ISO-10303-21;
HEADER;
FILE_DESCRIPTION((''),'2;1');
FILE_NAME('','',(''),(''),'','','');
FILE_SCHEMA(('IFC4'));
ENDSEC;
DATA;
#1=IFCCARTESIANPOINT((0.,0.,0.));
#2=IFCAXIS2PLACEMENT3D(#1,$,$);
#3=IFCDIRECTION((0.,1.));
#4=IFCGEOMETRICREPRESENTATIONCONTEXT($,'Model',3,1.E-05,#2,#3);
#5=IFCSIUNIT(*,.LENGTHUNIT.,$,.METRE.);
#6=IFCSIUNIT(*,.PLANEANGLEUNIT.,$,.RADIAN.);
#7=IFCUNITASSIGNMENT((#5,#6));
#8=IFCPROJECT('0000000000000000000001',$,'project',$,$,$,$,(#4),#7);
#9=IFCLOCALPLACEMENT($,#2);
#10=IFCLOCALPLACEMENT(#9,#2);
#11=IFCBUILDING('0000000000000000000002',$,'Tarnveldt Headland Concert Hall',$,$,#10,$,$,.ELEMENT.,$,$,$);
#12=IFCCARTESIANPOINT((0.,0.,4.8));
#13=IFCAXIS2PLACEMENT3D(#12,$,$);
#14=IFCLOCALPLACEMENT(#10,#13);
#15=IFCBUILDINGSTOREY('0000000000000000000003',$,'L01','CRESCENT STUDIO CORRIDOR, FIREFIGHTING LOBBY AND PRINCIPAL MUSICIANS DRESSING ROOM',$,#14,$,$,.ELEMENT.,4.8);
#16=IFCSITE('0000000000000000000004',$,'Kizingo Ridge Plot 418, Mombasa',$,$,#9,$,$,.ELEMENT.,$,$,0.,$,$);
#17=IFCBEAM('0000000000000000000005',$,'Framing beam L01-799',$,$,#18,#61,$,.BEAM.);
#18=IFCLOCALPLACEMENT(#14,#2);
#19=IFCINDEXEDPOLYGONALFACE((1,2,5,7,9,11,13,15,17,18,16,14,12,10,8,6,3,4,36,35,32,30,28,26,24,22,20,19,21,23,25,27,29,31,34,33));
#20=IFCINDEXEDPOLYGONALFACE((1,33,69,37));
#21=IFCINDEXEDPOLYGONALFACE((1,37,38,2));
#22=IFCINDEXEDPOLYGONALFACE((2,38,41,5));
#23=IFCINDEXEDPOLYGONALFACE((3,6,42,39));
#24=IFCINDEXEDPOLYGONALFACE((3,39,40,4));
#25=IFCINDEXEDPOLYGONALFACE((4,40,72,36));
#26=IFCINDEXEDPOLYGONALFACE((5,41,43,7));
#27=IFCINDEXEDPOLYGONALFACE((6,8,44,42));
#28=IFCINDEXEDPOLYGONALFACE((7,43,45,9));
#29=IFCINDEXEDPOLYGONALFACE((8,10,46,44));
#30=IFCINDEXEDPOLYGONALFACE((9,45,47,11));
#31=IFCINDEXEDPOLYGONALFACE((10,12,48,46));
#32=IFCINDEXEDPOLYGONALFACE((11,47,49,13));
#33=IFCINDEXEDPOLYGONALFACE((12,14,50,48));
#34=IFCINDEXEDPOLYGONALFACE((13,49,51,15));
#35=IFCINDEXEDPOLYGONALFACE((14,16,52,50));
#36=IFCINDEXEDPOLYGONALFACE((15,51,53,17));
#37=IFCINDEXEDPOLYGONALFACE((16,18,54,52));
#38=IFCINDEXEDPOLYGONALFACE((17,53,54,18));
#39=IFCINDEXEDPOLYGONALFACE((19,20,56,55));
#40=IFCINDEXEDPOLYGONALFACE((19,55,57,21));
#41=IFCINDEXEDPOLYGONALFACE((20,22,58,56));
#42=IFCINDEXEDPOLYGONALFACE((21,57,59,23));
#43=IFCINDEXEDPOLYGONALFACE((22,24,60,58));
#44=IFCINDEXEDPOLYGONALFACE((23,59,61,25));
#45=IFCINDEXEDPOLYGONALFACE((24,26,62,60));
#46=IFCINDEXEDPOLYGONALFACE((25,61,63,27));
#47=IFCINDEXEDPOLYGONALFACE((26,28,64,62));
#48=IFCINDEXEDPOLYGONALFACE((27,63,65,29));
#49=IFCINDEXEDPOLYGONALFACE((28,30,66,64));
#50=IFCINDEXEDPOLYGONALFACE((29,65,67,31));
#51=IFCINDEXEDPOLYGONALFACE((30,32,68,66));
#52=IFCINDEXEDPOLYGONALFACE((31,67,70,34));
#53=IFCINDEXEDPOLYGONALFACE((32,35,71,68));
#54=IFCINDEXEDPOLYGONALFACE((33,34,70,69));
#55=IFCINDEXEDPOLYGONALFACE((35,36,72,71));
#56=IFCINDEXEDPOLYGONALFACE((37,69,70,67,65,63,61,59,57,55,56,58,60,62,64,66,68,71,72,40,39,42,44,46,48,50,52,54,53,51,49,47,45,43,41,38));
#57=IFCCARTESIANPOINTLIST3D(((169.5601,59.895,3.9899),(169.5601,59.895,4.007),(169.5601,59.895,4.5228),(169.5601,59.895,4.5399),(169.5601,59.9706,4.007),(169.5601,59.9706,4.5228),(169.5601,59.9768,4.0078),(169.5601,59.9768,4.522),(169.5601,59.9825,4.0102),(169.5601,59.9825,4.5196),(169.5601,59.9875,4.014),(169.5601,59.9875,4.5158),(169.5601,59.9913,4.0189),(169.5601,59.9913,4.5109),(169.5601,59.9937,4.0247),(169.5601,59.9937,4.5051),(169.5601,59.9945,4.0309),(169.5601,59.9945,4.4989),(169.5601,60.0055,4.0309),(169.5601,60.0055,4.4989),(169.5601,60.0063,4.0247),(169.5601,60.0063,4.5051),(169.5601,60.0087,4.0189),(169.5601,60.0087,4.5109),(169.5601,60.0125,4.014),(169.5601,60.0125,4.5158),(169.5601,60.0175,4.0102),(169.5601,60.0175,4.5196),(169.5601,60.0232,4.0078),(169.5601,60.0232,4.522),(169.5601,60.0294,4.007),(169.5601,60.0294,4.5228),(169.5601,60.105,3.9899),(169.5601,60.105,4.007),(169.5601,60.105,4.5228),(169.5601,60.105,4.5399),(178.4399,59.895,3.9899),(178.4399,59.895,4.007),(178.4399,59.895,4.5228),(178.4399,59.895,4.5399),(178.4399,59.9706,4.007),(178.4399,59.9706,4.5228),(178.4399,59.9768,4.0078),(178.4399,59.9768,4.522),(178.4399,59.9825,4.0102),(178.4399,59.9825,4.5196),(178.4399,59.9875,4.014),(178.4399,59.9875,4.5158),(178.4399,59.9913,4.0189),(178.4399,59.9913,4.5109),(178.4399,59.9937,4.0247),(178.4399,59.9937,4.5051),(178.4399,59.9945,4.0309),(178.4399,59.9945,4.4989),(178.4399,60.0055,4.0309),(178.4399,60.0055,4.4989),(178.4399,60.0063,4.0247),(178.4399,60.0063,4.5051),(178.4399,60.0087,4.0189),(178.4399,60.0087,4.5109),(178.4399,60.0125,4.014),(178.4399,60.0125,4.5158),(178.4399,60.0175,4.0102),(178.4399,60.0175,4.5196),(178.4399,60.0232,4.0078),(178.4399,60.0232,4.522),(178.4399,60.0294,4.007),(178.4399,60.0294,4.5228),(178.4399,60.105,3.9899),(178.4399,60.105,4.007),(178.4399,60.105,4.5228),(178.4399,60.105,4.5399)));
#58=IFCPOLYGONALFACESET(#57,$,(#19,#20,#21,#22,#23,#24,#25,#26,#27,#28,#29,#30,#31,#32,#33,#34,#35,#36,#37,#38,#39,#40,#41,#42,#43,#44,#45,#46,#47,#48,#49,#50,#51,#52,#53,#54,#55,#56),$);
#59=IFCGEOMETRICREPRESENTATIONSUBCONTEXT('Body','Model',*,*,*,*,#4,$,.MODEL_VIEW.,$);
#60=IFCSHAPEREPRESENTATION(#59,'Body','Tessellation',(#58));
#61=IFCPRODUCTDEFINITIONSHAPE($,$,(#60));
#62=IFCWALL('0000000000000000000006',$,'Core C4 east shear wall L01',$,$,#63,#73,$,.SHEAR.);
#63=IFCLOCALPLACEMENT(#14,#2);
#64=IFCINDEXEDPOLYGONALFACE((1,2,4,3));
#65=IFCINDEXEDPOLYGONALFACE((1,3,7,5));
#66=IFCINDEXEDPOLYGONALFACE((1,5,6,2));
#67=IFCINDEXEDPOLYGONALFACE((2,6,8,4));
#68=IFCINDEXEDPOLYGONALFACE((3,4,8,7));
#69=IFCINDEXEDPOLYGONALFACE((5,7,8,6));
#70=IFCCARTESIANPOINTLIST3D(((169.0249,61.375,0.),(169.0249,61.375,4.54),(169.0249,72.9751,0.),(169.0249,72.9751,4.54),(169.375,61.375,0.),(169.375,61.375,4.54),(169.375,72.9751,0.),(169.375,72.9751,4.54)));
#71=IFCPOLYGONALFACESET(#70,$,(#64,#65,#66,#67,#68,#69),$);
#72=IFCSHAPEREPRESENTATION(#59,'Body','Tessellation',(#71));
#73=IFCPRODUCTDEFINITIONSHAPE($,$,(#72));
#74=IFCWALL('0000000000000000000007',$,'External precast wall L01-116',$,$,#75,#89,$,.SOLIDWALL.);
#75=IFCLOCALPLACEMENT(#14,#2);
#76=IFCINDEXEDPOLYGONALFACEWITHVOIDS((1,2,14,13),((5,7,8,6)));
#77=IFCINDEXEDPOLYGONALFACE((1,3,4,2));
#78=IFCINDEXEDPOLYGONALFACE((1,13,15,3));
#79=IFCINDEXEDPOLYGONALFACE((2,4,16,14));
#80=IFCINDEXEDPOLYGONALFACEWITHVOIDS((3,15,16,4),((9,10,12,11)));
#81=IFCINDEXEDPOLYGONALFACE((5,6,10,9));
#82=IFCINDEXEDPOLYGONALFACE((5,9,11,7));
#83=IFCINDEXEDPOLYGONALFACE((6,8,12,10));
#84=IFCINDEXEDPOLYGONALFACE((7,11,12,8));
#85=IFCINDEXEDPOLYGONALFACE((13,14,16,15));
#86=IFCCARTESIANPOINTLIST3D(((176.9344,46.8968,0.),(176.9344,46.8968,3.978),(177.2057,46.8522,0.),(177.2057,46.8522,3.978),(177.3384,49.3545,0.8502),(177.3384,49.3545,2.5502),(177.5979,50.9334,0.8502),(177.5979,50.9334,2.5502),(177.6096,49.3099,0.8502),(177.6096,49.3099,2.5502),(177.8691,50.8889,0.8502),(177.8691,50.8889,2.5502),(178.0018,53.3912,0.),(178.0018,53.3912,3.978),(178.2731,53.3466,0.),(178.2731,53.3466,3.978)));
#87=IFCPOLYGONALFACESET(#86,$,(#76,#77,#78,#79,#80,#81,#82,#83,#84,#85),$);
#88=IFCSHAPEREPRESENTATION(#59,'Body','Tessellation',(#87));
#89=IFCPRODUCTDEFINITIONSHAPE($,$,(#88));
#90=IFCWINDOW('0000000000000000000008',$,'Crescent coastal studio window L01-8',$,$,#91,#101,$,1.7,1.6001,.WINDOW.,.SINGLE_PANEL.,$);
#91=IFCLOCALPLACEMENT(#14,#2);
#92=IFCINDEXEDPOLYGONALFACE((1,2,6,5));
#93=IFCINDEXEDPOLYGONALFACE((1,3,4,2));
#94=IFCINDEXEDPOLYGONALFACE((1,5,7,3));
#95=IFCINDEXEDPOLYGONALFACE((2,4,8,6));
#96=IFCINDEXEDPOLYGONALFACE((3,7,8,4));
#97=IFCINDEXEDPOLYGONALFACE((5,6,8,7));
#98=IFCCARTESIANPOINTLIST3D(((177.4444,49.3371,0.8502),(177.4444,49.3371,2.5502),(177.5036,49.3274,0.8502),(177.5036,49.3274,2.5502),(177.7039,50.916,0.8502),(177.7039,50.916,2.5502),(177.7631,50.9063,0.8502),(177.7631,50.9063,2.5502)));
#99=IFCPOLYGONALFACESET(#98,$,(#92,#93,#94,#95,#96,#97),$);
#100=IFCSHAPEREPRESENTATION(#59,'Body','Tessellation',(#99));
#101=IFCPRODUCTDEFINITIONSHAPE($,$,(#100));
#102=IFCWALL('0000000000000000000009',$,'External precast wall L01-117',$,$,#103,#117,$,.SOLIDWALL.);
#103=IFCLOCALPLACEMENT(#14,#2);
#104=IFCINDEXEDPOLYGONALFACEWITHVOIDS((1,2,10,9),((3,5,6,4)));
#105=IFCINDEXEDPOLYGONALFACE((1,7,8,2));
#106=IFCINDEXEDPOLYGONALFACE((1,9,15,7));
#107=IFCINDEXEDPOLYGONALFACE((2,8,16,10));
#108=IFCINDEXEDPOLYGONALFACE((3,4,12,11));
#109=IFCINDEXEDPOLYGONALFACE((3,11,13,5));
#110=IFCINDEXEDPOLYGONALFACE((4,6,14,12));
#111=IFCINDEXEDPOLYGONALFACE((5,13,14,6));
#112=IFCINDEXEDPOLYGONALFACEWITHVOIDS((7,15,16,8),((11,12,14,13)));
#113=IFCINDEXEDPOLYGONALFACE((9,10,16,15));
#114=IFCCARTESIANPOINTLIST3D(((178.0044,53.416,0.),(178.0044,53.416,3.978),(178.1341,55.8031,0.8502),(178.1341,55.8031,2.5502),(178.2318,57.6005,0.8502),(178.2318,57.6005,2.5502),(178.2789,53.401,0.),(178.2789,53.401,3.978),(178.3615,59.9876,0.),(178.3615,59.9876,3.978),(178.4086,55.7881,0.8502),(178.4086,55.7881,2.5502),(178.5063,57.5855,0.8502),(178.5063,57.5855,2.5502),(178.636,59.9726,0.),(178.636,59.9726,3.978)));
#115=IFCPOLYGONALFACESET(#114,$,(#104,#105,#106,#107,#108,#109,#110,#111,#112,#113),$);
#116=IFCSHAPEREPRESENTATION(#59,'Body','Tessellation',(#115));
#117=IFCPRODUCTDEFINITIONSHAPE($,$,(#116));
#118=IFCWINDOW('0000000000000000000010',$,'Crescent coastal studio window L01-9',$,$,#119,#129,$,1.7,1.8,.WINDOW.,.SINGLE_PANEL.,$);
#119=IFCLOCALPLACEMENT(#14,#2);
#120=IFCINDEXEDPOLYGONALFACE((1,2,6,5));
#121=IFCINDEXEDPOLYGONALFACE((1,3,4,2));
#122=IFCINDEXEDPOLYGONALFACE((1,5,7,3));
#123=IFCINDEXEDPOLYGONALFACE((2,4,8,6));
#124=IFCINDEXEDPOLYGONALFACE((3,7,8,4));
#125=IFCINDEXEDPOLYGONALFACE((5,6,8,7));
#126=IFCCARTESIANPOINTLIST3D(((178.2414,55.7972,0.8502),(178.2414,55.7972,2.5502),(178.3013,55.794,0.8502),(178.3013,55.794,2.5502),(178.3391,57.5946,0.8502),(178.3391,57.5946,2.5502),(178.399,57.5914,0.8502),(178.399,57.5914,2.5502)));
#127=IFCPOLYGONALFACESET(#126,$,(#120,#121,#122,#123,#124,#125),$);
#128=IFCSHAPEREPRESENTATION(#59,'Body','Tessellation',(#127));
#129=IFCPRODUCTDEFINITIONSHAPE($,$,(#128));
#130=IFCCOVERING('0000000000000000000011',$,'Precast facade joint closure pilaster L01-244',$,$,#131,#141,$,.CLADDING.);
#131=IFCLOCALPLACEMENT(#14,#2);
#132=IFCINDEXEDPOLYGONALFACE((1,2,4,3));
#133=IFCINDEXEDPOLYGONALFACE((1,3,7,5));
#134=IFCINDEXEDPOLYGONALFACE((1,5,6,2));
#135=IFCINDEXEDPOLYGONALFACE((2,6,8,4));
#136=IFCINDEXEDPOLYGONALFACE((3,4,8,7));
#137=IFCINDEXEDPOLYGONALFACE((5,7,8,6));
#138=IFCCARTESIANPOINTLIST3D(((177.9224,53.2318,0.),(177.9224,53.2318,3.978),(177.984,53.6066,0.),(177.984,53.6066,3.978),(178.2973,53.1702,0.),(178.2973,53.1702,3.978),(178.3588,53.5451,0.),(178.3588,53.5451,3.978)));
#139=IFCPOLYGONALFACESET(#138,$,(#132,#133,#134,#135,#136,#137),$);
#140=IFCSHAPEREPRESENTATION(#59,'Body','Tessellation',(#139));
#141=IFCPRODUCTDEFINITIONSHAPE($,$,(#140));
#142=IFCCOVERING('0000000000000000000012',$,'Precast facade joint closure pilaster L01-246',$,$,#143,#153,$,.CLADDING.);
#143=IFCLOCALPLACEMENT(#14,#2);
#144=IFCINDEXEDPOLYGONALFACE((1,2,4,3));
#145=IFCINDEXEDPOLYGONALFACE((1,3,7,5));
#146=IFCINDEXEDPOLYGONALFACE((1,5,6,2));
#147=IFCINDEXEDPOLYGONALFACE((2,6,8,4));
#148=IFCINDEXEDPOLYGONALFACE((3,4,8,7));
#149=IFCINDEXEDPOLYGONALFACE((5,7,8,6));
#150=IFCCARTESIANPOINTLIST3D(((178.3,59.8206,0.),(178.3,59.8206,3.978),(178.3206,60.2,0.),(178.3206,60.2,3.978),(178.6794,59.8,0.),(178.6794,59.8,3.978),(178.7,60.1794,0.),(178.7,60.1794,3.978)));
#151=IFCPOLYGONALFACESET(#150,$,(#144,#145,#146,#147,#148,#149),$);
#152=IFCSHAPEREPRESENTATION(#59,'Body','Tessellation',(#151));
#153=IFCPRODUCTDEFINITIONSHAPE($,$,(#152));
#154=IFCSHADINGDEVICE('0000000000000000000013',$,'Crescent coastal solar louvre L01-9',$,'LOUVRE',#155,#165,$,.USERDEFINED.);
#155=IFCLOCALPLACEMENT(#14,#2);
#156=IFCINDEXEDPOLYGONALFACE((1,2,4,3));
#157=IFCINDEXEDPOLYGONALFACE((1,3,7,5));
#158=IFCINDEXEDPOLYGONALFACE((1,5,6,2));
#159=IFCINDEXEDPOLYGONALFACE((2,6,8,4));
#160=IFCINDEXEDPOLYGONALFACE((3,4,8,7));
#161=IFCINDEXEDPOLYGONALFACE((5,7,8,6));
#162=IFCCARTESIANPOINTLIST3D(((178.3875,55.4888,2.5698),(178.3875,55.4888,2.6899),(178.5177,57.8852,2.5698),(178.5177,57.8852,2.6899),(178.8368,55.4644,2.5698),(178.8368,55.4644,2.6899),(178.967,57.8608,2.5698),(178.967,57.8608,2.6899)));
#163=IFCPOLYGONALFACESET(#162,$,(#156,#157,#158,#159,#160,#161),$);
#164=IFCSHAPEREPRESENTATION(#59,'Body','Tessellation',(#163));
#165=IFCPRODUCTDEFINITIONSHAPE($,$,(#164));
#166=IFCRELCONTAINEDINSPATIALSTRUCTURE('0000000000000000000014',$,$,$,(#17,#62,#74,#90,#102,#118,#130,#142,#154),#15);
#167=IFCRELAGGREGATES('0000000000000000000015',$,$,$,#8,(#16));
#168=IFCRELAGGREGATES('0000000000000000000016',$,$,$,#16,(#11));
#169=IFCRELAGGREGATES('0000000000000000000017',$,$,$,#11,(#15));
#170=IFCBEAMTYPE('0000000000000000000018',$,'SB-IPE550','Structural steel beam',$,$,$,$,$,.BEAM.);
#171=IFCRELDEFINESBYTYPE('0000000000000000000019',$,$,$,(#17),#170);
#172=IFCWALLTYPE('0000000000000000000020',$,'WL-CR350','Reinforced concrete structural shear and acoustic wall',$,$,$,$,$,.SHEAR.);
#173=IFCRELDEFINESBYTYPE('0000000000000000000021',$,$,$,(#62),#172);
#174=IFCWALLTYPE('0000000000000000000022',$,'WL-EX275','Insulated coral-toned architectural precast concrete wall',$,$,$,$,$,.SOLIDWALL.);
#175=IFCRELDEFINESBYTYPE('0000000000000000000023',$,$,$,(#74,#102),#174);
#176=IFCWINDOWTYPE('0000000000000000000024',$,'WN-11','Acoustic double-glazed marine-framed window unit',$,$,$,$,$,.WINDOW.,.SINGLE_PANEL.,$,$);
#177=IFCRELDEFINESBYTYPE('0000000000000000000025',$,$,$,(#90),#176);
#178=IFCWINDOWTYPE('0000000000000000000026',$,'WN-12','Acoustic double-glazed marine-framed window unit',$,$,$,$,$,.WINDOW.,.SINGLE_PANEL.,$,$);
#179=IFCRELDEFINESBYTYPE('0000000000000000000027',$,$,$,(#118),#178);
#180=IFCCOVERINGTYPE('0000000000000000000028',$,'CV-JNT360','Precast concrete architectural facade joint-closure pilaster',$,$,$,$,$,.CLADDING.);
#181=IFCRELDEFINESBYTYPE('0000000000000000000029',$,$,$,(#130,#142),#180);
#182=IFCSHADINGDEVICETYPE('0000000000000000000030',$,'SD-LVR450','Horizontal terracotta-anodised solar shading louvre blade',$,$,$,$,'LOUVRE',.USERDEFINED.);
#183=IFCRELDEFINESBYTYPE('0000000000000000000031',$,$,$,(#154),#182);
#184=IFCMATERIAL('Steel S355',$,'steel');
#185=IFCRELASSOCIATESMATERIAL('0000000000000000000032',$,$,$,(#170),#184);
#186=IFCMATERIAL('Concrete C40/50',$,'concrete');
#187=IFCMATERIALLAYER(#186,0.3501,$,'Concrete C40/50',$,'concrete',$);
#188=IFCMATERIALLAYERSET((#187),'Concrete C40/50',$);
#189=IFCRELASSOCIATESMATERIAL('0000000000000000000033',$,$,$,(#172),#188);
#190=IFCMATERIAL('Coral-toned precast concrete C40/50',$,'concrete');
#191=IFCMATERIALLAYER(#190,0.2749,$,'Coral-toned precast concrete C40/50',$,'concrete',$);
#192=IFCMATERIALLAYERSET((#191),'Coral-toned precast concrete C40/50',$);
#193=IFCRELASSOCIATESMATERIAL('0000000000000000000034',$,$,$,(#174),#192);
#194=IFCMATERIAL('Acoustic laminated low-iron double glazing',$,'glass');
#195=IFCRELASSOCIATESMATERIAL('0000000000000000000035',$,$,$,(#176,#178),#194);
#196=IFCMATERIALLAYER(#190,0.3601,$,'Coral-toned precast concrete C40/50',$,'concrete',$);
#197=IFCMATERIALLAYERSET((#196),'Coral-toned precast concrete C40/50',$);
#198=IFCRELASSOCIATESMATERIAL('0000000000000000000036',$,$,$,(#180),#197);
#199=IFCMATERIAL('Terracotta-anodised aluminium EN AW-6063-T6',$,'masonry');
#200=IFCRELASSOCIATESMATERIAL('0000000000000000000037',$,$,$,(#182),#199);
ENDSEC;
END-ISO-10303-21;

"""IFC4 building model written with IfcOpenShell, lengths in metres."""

from ifc_helpers import new_model, si_unit, direction, frame, frame_2d, origin, origin_2d, place, context, subcontext, project, spatial, rectangle, i_section, extrude, material, layer, layer_set, material_profile, profile_set, type_object, element, fill, save


model = new_model("IFC4")

# Units and contexts
model_context = context("Model", 3, precision=1e-05, world=origin(), true_north=direction((0.0, 1.0)))
body_context = subcontext(model_context, "Body", "Model", "MODEL_VIEW")
ifc_project = project(units=[si_unit("LENGTHUNIT", "METRE"), si_unit("PLANEANGLEUNIT", "RADIAN")], contexts=[model_context])

# Site, building, storey
site_placement = place(None, origin())
site = spatial("IfcSite", under=ifc_project, at=site_placement, Name="Kizingo Ridge Plot 418, Mombasa", CompositionType="ELEMENT", RefElevation=0.0)
building_placement = place(site_placement, origin())
building = spatial("IfcBuilding", under=site, at=building_placement, Name="Tarnveldt Headland Concert Hall", CompositionType="ELEMENT")
storey_placement = place(building_placement, frame((0.0, 0.0, 4.8)))
storey = spatial("IfcBuildingStorey", under=building, at=storey_placement, Name="L01", Description="CRESCENT STUDIO CORRIDOR, FIREFIGHTING LOBBY AND PRINCIPAL MUSICIANS DRESSING ROOM", CompositionType="ELEMENT", Elevation=4.8)

# Shared definitions
ifc_material_1 = material(Name="Concrete C40/50", Category="concrete")

# Beam
ifc_material_2 = material(Name="Steel S355", Category="steel")
ifc_material_profile_1 = material_profile(ifc_material_2, i_section(OverallWidth=0.21, OverallDepth=0.55, WebThickness=0.011, FlangeThickness=0.0171, FilletRadius=0.0239, at=origin_2d()), Name="IPE550", Category="steel")
ifc_profile_set_1 = profile_set([ifc_material_profile_1], Name="Steel S355")
beam_type_1 = type_object("IfcBeamType", Name="SB-IPE550", Description="Structural steel beam", PredefinedType="BEAM", material=ifc_profile_set_1)
for number, where, z_axis, x_axis, name in (
    (1, (169.5601, 60.0, 4.2649), (1.0, 0.0, 0.0), (0.0, 1.0, 0.0), "Framing beam L01-799"),
):
    element("IfcBeam", number, at=place(storey_placement, frame(where, z_axis=z_axis, x_axis=x_axis)), inside=storey, type_object=beam_type_1, Name=name, PredefinedType="BEAM", context=body_context, shape_type="SweptSolid", body=[
        extrude(i_section(OverallWidth=0.21, OverallDepth=0.55, WebThickness=0.011, FlangeThickness=0.0171, FilletRadius=0.0239, at=origin_2d()), origin(), (0.0, 0.0, 1.0), 8.8799),
    ])

# Wall
ifc_layer_1 = layer(ifc_material_1, 0.3501, Name="Concrete C40/50", Category="concrete")
ifc_layer_set_1 = layer_set([ifc_layer_1], Name="Concrete C40/50")
wall_type_1 = type_object("IfcWallType", Name="WL-CR350", Description="Reinforced concrete structural shear and acoustic wall", PredefinedType="SHEAR", material=ifc_layer_set_1)
wall_1_placement = place(storey_placement, frame((169.2, 61.375, 0.0), z_axis=(0.0, 0.0, 1.0), x_axis=(0.0, 1.0, 0.0)))
element("IfcWall", 2, at=wall_1_placement, inside=storey, type_object=wall_type_1, Name="Core C4 east shear wall L01", PredefinedType="SHEAR", context=body_context, shape_type="SweptSolid", body=[
    extrude(rectangle(XDim=11.6001, YDim=0.3501, at=frame_2d((5.8, 0.0))), origin(), (0.0, 0.0, 1.0), 4.54),
])

# Walls, openings, windows
ifc_material_3 = material(Name="Coral-toned precast concrete C40/50", Category="concrete")
ifc_layer_2 = layer(ifc_material_3, 0.2749, Name="Coral-toned precast concrete C40/50", Category="concrete")
ifc_layer_set_2 = layer_set([ifc_layer_2], Name="Coral-toned precast concrete C40/50")
wall_type_2 = type_object("IfcWallType", Name="WL-EX275", Description="Insulated coral-toned architectural precast concrete wall", PredefinedType="SOLIDWALL", material=ifc_layer_set_2)
wall_2_placement = place(storey_placement, frame((178.1375, 53.3689, 0.0), z_axis=(0.0, 0.0, 1.0), x_axis=(-0.162179, -0.986761, 0.0)))
wall_2 = element("IfcWall", 3, at=wall_2_placement, inside=storey, type_object=wall_type_2, Name="External precast wall L01-116", PredefinedType="SOLIDWALL", context=body_context, shape_type="SweptSolid", body=[
    extrude(rectangle(XDim=6.5815, YDim=0.2749, at=frame_2d((3.2908, 0.0))), origin(), (0.0, 0.0, 1.0), 3.978),
])
opening_1_placement = place(wall_2_placement, frame((2.4907, 0.0, 0.8501)))
opening_1 = element("IfcOpeningElement", 4, at=opening_1_placement, cuts=wall_2, PredefinedType="OPENING", context=body_context, shape_type="SweptSolid", body=[
    extrude(rectangle(XDim=1.6001, YDim=1.7, at=frame_2d((0.8, 0.8501))), frame((0.0, 0.1475, 0.0), z_axis=(0.0, -1.0, 0.0), x_axis=(1.0, 0.0, 0.0)), (0.0, 0.0, 1.0), 0.2949),
])
ifc_material_4 = material(Name="Acoustic laminated low-iron double glazing", Category="glass")
window_type_1 = type_object("IfcWindowType", Name="WN-11", Description="Acoustic double-glazed marine-framed window unit", PartitioningType="SINGLE_PANEL", PredefinedType="WINDOW", material=ifc_material_4)
window_1_placement = place(opening_1_placement, origin())
window_1 = element("IfcWindow", 5, at=window_1_placement, inside=storey, type_object=window_type_1, Name="Crescent coastal studio window L01-8", OverallHeight=1.7, OverallWidth=1.6001, PartitioningType="SINGLE_PANEL", PredefinedType="WINDOW", context=body_context, shape_type="SweptSolid", body=[
    extrude(rectangle(XDim=1.6001, YDim=1.7, at=frame_2d((0.8, 0.8501))), frame((0.0, 0.03, 0.0), z_axis=(0.0, -1.0, 0.0), x_axis=(1.0, 0.0, 0.0)), (0.0, 0.0, 1.0), 0.0601),
])
fill(opening_1, window_1)
wall_3_placement = place(storey_placement, frame((178.4988, 59.98, 0.0), z_axis=(0.0, 0.0, 1.0), x_axis=(-0.054272, -0.998526, 0.0)))
wall_3 = element("IfcWall", 6, at=wall_3_placement, inside=storey, type_object=wall_type_2, Name="External precast wall L01-117", PredefinedType="SOLIDWALL", context=body_context, shape_type="SweptSolid", body=[
    extrude(rectangle(XDim=6.5813, YDim=0.2749, at=frame_2d((3.2905, 0.0))), origin(), (0.0, 0.0, 1.0), 3.978),
])
opening_2_placement = place(wall_3_placement, frame((2.3906, 0.0, 0.8501)))
opening_2 = element("IfcOpeningElement", 7, at=opening_2_placement, cuts=wall_3, PredefinedType="OPENING", context=body_context, shape_type="SweptSolid", body=[
    extrude(rectangle(XDim=1.8, YDim=1.7, at=frame_2d((0.8999, 0.8501))), frame((0.0, 0.1475, 0.0), z_axis=(0.0, -1.0, 0.0), x_axis=(1.0, 0.0, 0.0)), (0.0, 0.0, 1.0), 0.2949),
])
window_type_2 = type_object("IfcWindowType", Name="WN-12", Description="Acoustic double-glazed marine-framed window unit", PartitioningType="SINGLE_PANEL", PredefinedType="WINDOW", material=ifc_material_4)
window_2_placement = place(opening_2_placement, origin())
window_2 = element("IfcWindow", 8, at=window_2_placement, inside=storey, type_object=window_type_2, Name="Crescent coastal studio window L01-9", OverallHeight=1.7, OverallWidth=1.8, PartitioningType="SINGLE_PANEL", PredefinedType="WINDOW", context=body_context, shape_type="SweptSolid", body=[
    extrude(rectangle(XDim=1.8, YDim=1.7, at=frame_2d((0.8999, 0.8501))), frame((0.0, 0.03, 0.0), z_axis=(0.0, -1.0, 0.0), x_axis=(1.0, 0.0, 0.0)), (0.0, 0.0, 1.0), 0.0601),
])
fill(opening_2, window_2)

# Coverings
ifc_layer_3 = layer(ifc_material_3, 0.3601, Name="Coral-toned precast concrete C40/50", Category="concrete")
ifc_layer_set_3 = layer_set([ifc_layer_3], Name="Coral-toned precast concrete C40/50")
covering_type = type_object("IfcCoveringType", Name="CV-JNT360", Description="Precast concrete architectural facade joint-closure pilaster", PredefinedType="CLADDING", material=ifc_layer_set_3)
for number, where, z_axis, x_axis, name in (
    (9, (178.1406, 53.3884, 0.0), (0.0, 0.0, 1.0), (-0.162121, -0.986771, 0.0), "Precast facade joint closure pilaster L01-244"),
    (10, (178.5, 60.0, 0.0), (0.0, 0.0, 1.0), (-0.054253, -0.998527, 0.0), "Precast facade joint closure pilaster L01-246"),
):
    element("IfcCovering", number, at=place(storey_placement, frame(where, z_axis=z_axis, x_axis=x_axis)), inside=storey, type_object=covering_type, Name=name, PredefinedType="CLADDING", context=body_context, shape_type="SweptSolid", body=[
        extrude(rectangle(XDim=0.3799, YDim=0.3799, at=origin_2d()), origin(), (0.0, 0.0, 1.0), 3.978),
    ])

# Shading device
ifc_material_5 = material(Name="Terracotta-anodised aluminium EN AW-6063-T6", Category="masonry")
shading_device_type = type_object("IfcShadingDeviceType", Name="SD-LVR450", Description="Horizontal terracotta-anodised solar shading louvre blade", ElementType="LOUVRE", PredefinedType="USERDEFINED", material=ifc_material_5)
shading_device_placement = place(storey_placement, frame((178.6772, 56.6748, 2.5698), z_axis=(0.0, 0.0, 1.0), x_axis=(0.998527, -0.054253, 0.0)))
element("IfcShadingDevice", 11, at=shading_device_placement, inside=storey, type_object=shading_device_type, Name="Crescent coastal solar louvre L01-9", ObjectType="LOUVRE", PredefinedType="USERDEFINED", context=body_context, shape_type="SweptSolid", body=[
    extrude(rectangle(XDim=0.45, YDim=2.3999, at=origin_2d()), origin(), (0.0, 0.0, 1.0), 0.1201),
])

save(model, "model.ifc")
